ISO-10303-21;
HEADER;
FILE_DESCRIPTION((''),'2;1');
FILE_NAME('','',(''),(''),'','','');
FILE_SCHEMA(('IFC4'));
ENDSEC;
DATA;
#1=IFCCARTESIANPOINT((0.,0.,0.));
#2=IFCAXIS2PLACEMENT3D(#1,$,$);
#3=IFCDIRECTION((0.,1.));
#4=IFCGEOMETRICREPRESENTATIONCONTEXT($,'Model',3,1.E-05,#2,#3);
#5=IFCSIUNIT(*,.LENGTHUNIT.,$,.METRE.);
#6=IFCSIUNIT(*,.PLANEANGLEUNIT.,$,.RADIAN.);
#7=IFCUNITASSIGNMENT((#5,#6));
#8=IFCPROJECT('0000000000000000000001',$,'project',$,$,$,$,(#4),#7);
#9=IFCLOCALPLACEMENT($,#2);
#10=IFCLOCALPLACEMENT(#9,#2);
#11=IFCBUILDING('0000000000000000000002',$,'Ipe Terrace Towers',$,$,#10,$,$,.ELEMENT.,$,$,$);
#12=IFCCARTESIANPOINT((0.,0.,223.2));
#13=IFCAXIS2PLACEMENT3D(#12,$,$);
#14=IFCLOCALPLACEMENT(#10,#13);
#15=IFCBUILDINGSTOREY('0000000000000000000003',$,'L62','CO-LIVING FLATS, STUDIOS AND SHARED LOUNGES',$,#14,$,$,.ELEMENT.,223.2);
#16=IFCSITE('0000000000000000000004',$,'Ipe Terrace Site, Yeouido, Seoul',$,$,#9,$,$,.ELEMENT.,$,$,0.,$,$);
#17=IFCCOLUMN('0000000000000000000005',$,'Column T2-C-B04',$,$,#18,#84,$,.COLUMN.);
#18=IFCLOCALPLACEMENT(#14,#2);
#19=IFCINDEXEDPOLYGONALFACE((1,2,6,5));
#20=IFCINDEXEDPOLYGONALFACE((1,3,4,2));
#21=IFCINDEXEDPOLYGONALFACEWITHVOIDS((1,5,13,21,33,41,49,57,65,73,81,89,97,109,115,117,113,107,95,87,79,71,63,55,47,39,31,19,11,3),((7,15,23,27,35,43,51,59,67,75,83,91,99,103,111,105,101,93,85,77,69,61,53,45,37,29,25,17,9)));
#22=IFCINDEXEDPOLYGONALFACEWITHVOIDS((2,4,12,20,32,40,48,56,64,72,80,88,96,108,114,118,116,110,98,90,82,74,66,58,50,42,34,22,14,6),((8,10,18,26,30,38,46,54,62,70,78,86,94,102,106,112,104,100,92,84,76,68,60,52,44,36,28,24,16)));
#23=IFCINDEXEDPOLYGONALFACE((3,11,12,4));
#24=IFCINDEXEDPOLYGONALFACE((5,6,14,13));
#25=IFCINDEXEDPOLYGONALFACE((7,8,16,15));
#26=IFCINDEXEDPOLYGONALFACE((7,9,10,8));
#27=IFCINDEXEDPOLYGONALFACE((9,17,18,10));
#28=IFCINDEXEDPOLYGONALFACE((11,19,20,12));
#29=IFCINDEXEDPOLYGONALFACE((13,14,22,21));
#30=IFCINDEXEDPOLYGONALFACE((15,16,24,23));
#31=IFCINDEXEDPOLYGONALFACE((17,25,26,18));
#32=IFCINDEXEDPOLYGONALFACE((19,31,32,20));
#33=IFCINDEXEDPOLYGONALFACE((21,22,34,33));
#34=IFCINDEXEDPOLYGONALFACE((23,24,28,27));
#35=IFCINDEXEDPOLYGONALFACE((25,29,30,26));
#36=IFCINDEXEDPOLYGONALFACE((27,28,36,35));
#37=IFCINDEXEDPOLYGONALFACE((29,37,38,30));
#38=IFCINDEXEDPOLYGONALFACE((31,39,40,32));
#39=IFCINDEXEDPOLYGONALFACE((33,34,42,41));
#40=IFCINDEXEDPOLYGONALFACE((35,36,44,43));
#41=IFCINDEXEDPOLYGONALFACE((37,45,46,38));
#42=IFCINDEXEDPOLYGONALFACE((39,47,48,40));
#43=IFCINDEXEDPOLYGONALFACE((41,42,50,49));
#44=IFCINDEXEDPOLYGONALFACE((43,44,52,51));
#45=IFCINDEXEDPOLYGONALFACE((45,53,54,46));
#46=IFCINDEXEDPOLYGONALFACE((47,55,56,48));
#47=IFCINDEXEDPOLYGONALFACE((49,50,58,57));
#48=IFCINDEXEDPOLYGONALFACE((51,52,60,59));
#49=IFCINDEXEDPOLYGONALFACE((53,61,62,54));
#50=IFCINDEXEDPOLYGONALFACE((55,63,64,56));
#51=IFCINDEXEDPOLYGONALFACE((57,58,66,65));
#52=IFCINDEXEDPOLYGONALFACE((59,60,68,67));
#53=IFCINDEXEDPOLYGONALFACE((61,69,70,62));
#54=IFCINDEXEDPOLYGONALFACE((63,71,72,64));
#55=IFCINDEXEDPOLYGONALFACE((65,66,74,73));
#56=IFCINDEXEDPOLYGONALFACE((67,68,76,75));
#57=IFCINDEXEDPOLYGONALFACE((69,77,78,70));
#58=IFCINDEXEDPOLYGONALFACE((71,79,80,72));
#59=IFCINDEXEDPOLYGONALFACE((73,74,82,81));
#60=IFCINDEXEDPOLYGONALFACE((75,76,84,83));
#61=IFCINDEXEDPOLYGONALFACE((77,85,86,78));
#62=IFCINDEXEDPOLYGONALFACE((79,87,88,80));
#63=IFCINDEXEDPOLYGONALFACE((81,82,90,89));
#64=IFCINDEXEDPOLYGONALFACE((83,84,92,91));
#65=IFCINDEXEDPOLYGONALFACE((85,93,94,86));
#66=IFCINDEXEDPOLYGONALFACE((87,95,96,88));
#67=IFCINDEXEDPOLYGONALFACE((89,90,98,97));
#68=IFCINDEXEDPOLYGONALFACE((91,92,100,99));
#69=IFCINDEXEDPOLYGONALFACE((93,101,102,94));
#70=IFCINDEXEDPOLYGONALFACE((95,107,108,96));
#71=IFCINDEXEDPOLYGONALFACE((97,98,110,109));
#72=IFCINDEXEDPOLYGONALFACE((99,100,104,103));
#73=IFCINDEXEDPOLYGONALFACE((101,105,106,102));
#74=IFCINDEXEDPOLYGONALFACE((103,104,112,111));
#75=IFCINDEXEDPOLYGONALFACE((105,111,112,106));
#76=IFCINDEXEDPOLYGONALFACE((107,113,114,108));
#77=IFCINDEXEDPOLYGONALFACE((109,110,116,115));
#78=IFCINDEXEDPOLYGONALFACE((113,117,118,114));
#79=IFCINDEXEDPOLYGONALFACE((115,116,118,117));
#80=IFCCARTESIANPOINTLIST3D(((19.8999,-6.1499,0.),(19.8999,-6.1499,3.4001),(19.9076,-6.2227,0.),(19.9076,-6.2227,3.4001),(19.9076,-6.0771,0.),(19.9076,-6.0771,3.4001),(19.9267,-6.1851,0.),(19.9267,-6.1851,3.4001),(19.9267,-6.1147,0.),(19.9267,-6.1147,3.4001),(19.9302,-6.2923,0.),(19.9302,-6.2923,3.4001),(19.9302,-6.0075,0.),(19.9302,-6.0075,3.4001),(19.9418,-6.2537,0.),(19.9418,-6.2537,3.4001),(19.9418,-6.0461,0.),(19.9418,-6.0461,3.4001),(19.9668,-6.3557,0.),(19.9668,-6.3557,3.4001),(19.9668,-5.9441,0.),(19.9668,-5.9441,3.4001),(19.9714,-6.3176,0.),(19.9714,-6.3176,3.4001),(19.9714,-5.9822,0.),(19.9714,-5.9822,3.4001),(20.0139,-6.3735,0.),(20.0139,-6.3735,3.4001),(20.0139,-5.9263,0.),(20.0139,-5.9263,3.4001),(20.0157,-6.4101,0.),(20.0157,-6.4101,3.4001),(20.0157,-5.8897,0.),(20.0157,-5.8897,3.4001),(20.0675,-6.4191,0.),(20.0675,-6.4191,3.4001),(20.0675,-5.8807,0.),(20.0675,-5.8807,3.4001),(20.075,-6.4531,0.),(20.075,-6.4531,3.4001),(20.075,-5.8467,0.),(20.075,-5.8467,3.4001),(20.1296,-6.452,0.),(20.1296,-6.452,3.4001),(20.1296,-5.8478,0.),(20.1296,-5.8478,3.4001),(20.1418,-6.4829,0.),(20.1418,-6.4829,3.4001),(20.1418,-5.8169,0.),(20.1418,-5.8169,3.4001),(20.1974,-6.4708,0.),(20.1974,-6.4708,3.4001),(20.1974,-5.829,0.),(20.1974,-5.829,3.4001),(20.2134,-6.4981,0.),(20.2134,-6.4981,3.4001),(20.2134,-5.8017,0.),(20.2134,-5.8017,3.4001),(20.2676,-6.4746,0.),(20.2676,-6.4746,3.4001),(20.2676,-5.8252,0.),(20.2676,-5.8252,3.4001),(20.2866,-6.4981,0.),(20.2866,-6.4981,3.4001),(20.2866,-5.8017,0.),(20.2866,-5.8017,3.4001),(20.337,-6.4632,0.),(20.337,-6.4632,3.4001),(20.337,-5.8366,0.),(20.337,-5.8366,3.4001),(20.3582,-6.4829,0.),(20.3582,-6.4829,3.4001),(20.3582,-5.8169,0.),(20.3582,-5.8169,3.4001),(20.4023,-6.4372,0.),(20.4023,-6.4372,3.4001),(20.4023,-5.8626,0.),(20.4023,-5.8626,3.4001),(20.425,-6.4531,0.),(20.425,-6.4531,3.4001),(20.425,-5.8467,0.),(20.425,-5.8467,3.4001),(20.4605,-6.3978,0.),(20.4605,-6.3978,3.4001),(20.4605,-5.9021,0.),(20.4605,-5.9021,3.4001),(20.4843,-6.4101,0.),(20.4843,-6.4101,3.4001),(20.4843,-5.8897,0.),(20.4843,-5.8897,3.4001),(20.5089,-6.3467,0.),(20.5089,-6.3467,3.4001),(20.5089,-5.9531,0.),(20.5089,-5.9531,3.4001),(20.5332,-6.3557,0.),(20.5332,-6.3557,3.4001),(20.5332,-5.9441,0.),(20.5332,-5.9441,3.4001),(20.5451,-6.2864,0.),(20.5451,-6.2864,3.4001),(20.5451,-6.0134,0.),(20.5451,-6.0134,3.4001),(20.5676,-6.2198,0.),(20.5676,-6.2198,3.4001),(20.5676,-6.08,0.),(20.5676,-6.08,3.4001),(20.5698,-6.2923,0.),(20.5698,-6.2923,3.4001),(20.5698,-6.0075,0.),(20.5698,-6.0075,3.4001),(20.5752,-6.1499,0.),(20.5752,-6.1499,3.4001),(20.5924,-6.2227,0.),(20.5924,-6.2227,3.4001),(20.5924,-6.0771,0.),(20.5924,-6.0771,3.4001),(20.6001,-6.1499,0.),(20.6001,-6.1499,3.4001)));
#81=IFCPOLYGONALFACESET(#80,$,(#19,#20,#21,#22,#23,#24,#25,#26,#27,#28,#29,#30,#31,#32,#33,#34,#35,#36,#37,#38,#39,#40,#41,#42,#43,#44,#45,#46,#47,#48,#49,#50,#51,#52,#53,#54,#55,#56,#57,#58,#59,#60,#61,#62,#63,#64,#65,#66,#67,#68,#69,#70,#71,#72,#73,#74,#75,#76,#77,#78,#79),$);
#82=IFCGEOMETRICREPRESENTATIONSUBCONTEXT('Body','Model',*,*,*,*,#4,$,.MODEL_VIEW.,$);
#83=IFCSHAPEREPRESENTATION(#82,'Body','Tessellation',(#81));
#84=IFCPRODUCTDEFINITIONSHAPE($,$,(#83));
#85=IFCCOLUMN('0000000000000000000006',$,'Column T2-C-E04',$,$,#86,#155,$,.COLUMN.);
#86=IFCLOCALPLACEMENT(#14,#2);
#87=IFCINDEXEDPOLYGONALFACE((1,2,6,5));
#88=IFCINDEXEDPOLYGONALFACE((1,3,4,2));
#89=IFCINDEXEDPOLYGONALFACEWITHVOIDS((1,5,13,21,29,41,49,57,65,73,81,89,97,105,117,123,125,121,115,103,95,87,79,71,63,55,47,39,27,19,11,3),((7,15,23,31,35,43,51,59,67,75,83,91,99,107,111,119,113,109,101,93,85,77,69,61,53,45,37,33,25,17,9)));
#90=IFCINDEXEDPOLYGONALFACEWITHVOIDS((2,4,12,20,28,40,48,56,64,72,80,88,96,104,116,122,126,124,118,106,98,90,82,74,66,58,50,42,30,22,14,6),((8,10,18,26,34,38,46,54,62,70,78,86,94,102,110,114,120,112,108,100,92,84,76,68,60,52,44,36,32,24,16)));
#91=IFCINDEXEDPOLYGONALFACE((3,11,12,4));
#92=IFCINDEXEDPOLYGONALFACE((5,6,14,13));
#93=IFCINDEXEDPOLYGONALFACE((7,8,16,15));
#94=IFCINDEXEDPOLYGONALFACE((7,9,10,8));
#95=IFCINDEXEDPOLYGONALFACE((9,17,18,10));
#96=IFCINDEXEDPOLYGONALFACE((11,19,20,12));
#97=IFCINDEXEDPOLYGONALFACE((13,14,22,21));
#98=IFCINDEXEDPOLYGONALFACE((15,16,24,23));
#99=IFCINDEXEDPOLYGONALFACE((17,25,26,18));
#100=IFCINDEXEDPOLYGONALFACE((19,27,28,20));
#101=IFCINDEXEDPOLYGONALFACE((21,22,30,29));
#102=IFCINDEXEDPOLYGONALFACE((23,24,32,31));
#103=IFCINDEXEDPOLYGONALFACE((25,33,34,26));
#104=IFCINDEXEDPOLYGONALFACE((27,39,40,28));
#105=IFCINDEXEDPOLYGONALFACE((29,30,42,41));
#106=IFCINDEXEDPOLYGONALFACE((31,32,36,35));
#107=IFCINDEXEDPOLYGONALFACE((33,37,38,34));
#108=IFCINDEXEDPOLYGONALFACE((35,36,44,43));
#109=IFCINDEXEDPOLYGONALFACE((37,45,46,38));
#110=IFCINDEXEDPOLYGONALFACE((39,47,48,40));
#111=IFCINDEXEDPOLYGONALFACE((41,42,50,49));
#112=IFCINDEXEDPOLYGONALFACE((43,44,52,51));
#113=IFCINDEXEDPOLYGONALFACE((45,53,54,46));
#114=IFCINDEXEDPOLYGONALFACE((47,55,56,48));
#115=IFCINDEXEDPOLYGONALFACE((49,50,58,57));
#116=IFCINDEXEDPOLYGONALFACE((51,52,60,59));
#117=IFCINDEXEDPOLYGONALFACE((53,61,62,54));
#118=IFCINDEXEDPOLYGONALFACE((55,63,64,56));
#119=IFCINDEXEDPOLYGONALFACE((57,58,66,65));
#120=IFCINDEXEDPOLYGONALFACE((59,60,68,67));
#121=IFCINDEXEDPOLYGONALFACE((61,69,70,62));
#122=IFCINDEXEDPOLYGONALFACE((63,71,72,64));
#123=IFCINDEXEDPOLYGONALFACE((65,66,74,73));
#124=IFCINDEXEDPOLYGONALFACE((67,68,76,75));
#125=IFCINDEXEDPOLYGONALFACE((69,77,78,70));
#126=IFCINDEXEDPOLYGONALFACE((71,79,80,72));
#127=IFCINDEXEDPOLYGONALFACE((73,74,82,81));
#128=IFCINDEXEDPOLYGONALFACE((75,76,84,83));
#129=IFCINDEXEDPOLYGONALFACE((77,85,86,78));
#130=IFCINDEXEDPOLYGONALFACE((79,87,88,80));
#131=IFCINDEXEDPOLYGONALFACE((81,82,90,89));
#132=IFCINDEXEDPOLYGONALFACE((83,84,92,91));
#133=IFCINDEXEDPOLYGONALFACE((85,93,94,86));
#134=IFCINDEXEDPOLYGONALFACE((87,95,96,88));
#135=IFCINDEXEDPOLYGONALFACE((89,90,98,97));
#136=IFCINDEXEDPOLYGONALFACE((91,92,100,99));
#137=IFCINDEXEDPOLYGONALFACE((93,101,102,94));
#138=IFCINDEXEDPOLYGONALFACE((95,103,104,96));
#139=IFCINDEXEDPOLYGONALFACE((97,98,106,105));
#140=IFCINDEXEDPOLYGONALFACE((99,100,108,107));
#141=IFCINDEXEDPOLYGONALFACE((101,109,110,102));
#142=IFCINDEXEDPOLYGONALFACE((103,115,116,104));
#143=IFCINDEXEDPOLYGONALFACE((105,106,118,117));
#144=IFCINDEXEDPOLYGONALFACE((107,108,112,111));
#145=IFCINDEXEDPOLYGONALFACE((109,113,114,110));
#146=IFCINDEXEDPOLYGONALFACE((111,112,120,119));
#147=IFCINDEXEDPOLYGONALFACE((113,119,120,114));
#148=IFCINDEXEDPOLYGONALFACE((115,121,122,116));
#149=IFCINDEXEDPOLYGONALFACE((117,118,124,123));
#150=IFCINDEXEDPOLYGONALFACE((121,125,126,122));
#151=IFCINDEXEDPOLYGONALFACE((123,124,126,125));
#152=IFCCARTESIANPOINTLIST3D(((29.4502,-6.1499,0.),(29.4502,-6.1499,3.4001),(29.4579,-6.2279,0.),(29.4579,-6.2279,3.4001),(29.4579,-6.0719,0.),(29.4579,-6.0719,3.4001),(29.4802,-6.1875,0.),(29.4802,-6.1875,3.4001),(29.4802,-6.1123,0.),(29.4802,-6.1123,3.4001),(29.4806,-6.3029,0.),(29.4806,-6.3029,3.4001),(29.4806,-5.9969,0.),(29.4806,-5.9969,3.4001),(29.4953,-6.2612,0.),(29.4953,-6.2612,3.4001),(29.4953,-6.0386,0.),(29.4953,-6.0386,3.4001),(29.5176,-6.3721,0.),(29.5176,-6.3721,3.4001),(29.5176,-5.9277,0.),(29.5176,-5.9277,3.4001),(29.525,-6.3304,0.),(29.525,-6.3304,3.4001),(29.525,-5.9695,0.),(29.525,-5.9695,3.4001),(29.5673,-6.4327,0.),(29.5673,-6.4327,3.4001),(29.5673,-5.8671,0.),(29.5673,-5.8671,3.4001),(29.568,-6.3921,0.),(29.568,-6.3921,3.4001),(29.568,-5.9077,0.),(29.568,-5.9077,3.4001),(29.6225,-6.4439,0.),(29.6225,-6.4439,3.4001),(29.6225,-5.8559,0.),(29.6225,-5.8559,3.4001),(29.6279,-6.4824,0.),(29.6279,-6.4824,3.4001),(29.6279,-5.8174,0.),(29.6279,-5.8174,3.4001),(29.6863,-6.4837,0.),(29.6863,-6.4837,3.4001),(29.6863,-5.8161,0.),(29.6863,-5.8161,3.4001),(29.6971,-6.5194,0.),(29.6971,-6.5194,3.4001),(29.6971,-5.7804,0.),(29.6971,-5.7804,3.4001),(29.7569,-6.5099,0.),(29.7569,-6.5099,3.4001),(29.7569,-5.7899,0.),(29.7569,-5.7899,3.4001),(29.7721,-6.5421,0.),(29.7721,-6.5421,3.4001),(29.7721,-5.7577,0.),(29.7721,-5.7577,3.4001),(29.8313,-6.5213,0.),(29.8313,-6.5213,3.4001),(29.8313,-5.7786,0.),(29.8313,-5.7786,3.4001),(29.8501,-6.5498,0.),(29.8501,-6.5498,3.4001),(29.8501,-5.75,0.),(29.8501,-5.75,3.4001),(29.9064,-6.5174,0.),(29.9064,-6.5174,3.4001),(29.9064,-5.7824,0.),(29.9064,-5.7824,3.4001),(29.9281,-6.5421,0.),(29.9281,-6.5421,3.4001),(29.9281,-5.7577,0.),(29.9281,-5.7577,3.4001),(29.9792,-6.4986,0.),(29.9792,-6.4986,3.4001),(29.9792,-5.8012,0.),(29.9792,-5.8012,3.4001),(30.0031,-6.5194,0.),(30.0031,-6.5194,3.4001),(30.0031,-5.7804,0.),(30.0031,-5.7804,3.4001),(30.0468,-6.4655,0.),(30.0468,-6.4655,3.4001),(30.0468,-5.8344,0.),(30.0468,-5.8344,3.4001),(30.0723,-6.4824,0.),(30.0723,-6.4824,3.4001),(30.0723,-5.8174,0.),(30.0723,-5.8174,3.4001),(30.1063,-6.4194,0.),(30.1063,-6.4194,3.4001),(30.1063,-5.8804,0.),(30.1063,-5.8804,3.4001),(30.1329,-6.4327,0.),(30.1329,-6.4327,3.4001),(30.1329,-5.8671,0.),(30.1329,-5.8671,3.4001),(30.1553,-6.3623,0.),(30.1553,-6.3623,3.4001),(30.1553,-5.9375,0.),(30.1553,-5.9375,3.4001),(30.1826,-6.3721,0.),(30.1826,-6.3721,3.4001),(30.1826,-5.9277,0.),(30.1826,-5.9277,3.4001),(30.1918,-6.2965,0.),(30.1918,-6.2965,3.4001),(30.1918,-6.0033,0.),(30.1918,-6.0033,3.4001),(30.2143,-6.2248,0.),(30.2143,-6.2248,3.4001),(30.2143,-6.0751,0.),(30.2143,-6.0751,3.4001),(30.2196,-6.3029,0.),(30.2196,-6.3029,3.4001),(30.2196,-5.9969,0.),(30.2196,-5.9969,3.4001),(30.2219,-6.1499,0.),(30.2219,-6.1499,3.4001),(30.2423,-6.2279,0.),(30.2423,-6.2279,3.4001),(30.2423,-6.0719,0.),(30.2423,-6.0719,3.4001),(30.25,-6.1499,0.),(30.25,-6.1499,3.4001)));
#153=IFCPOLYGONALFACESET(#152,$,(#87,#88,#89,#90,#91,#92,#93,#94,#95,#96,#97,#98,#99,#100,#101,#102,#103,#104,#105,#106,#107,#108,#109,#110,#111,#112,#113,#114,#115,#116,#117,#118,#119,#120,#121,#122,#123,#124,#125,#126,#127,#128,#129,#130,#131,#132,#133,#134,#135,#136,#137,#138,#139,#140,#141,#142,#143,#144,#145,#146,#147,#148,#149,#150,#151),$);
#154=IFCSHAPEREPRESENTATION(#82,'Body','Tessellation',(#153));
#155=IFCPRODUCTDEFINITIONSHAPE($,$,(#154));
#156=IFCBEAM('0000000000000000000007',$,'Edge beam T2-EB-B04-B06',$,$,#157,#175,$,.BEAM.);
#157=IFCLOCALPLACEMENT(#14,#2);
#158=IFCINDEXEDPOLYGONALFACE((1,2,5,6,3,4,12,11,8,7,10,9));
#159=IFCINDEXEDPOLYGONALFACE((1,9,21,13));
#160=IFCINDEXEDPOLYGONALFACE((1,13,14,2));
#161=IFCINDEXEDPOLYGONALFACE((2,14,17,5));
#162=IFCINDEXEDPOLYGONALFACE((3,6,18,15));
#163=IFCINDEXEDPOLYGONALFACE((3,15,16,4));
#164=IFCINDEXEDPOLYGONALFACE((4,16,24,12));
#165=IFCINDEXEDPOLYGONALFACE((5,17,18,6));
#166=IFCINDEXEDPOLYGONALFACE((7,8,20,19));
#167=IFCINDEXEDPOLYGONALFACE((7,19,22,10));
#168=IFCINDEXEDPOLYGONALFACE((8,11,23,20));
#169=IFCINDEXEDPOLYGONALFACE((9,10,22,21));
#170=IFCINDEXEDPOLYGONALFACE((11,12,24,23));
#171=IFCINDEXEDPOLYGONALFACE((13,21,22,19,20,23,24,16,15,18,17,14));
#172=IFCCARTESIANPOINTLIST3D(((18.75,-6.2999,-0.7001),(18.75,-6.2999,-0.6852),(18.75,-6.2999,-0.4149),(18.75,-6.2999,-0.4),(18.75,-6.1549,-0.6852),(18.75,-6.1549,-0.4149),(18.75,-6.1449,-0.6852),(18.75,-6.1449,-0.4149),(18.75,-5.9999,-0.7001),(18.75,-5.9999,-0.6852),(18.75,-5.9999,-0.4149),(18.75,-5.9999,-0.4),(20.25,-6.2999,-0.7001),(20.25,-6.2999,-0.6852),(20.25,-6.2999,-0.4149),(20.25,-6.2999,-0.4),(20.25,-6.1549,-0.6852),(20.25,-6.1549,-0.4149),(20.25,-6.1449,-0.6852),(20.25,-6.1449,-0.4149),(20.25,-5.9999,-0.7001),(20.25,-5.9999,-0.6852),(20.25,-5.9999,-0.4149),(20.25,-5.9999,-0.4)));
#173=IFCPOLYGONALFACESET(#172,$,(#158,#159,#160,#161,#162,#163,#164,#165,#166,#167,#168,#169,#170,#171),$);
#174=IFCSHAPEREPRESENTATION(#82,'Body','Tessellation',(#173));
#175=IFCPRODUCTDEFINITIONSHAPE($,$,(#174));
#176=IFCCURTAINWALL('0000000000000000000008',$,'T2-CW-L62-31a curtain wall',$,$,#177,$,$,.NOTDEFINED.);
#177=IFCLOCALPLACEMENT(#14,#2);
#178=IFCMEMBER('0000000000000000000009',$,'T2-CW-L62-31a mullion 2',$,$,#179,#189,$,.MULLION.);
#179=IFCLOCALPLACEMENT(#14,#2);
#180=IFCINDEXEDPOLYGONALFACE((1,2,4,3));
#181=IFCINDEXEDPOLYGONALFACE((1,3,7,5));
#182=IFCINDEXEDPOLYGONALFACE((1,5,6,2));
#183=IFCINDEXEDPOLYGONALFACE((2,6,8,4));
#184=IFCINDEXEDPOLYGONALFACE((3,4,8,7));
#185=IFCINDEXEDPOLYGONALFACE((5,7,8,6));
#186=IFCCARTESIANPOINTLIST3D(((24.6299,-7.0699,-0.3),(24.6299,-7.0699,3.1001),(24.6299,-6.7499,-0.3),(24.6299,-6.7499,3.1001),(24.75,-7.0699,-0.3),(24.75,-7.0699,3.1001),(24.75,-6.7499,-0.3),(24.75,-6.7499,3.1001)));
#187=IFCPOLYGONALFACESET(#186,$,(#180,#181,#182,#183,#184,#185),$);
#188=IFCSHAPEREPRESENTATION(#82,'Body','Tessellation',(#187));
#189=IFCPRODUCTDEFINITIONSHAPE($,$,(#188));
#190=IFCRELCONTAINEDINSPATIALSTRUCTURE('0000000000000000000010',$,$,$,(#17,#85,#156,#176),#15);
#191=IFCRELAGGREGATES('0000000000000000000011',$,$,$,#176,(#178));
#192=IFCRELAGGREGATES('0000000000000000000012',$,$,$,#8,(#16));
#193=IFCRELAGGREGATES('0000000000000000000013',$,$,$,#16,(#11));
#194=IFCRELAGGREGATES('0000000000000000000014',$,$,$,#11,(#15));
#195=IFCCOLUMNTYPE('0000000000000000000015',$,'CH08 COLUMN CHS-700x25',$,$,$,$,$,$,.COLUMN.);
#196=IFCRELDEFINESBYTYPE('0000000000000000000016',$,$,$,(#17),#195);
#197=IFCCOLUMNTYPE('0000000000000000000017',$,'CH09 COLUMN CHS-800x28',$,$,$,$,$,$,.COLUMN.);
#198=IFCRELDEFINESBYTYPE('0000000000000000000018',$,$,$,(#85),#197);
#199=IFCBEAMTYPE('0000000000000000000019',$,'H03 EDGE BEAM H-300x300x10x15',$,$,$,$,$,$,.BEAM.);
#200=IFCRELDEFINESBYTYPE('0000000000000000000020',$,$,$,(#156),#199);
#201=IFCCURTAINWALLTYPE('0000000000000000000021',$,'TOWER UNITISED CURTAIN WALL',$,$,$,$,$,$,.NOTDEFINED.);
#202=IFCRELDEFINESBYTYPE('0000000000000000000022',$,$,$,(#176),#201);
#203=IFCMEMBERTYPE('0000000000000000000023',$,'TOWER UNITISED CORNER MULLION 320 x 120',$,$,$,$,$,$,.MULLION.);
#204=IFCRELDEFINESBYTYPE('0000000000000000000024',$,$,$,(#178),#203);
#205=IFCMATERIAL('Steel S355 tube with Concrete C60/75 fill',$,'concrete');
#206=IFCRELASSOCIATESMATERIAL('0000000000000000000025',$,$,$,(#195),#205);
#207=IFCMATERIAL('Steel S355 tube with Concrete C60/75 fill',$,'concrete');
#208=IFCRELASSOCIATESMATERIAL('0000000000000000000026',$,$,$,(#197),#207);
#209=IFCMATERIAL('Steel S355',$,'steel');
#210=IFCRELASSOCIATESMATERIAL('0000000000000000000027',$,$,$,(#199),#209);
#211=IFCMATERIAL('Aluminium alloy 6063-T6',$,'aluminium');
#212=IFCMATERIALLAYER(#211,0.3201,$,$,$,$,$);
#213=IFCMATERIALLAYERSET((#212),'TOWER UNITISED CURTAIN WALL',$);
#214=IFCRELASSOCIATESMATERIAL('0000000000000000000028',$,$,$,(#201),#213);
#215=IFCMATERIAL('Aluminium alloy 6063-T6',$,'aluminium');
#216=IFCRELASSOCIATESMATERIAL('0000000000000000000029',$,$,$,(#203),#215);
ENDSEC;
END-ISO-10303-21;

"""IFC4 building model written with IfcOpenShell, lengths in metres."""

from ifc_helpers import new_model, si_unit, direction, frame, origin, origin_2d, place, context, subcontext, project, spatial, rectangle, hollow_circle, i_section, extrude, material, layer, layer_set, material_profile, profile_set, type_object, element, aggregate, save


model = new_model("IFC4")

# Units and contexts
model_context = context("Model", 3, precision=1e-05, world=origin(), true_north=direction((0.0, 1.0)))
body_context = subcontext(model_context, "Body", "Model", "MODEL_VIEW")
ifc_project = project(units=[si_unit("LENGTHUNIT", "METRE"), si_unit("PLANEANGLEUNIT", "RADIAN")], contexts=[model_context])

# Site, building, storey
site_placement = place(None, origin())
site = spatial("IfcSite", under=ifc_project, at=site_placement, Name="Ipe Terrace Site, Yeouido, Seoul", CompositionType="ELEMENT", RefElevation=0.0)
building_placement = place(site_placement, origin())
building = spatial("IfcBuilding", under=site, at=building_placement, Name="Ipe Terrace Towers", CompositionType="ELEMENT")
storey_placement = place(building_placement, frame((0.0, 0.0, 223.2)))
storey = spatial("IfcBuildingStorey", under=building, at=storey_placement, Name="L62", Description="CO-LIVING FLATS, STUDIOS AND SHARED LOUNGES", CompositionType="ELEMENT", Elevation=223.2)

# Columns
ifc_material_1 = material(Name="Steel S355 tube with Concrete C60/75 fill", Category="concrete")
ifc_material_profile_1 = material_profile(ifc_material_1, hollow_circle(Radius=0.3501, WallThickness=0.0249, at=origin_2d()), Name="CHS-700x25")
ifc_profile_set_1 = profile_set([ifc_material_profile_1], Name="Steel S355 tube with Concrete C60/75 fill")
column_type_1 = type_object("IfcColumnType", Name="CH08 COLUMN CHS-700x25", PredefinedType="COLUMN", material=ifc_profile_set_1)
column_1_placement = place(storey_placement, frame((20.25, -6.1499, 0.0), z_axis=(0.0, 0.0, 1.0), x_axis=(1.0, 0.0, 0.0)))
element("IfcColumn", 1, at=column_1_placement, inside=storey, type_object=column_type_1, Name="Column T2-C-B04", PredefinedType="COLUMN", context=body_context, shape_type="SweptSolid", body=[
    extrude(hollow_circle(Radius=0.3501, WallThickness=0.0249, at=origin_2d()), origin(), (0.0, 0.0, 1.0), 3.4001),
])
ifc_material_2 = material(Name="Steel S355 tube with Concrete C60/75 fill", Category="concrete")
ifc_material_profile_2 = material_profile(ifc_material_2, hollow_circle(Radius=0.3999, WallThickness=0.0281, at=origin_2d()), Name="CHS-800x28")
ifc_profile_set_2 = profile_set([ifc_material_profile_2], Name="Steel S355 tube with Concrete C60/75 fill")
column_type_2 = type_object("IfcColumnType", Name="CH09 COLUMN CHS-800x28", PredefinedType="COLUMN", material=ifc_profile_set_2)
column_2_placement = place(storey_placement, frame((29.8501, -6.1499, 0.0), z_axis=(0.0, 0.0, 1.0), x_axis=(1.0, 0.0, 0.0)))
element("IfcColumn", 2, at=column_2_placement, inside=storey, type_object=column_type_2, Name="Column T2-C-E04", PredefinedType="COLUMN", context=body_context, shape_type="SweptSolid", body=[
    extrude(hollow_circle(Radius=0.3999, WallThickness=0.0281, at=origin_2d()), origin(), (0.0, 0.0, 1.0), 3.4001),
])

# Beam
ifc_material_3 = material(Name="Steel S355", Category="steel")
ifc_material_profile_3 = material_profile(ifc_material_3, i_section(OverallWidth=0.3, OverallDepth=0.3, WebThickness=0.01, FlangeThickness=0.0149, at=origin_2d()), Name="H-300x300x10x15")
ifc_profile_set_3 = profile_set([ifc_material_profile_3], Name="Steel S355")
beam_type = type_object("IfcBeamType", Name="H03 EDGE BEAM H-300x300x10x15", PredefinedType="BEAM", material=ifc_profile_set_3)
beam_placement = place(storey_placement, frame((20.25, -6.1499, -0.55), z_axis=(-1.0, 0.0, 0.0), x_axis=(0.0, -1.0, 0.0)))
element("IfcBeam", 3, at=beam_placement, inside=storey, type_object=beam_type, Name="Edge beam T2-EB-B04-B06", PredefinedType="BEAM", context=body_context, shape_type="SweptSolid", body=[
    extrude(i_section(OverallWidth=0.3, OverallDepth=0.3, WebThickness=0.01, FlangeThickness=0.0149, at=origin_2d()), origin(), (0.0, 0.0, 1.0), 1.5),
])

# Curtain wall, member
ifc_material_4 = material(Name="Aluminium alloy 6063-T6", Category="aluminium")
ifc_layer_1 = layer(ifc_material_4, 0.3201)
ifc_layer_set_1 = layer_set([ifc_layer_1], Name="TOWER UNITISED CURTAIN WALL")
curtain_wall_type = type_object("IfcCurtainWallType", Name="TOWER UNITISED CURTAIN WALL", PredefinedType="NOTDEFINED", material=ifc_layer_set_1)
curtain_wall_1_placement = place(storey_placement, origin())
curtain_wall_1 = element("IfcCurtainWall", 4, at=curtain_wall_1_placement, inside=storey, type_object=curtain_wall_type, Name="T2-CW-L62-31a curtain wall", PredefinedType="NOTDEFINED")
ifc_material_5 = material(Name="Aluminium alloy 6063-T6", Category="aluminium")
ifc_material_profile_4 = material_profile(ifc_material_5, rectangle(XDim=0.3201, YDim=0.1201, at=origin_2d()), Name="TOWER UNITISED CORNER MULLION 320 x 120")
ifc_profile_set_4 = profile_set([ifc_material_profile_4], Name="Aluminium alloy 6063-T6")
member_type = type_object("IfcMemberType", Name="TOWER UNITISED CORNER MULLION 320 x 120", PredefinedType="MULLION", material=ifc_profile_set_4)
member_1_placement = place(storey_placement, frame((24.6899, -6.9099, -0.3), z_axis=(0.0, 0.0, 1.0), x_axis=(0.0, -1.0, 0.0)))
member_1 = element("IfcMember", 5, at=member_1_placement, type_object=member_type, Name="T2-CW-L62-31a mullion 2", PredefinedType="MULLION", context=body_context, shape_type="SweptSolid", body=[
    extrude(rectangle(XDim=0.3201, YDim=0.1201, at=origin_2d()), origin(), (0.0, 0.0, 1.0), 3.4001),
])

aggregate(curtain_wall_1, [member_1])

save(model, "model.ifc")
